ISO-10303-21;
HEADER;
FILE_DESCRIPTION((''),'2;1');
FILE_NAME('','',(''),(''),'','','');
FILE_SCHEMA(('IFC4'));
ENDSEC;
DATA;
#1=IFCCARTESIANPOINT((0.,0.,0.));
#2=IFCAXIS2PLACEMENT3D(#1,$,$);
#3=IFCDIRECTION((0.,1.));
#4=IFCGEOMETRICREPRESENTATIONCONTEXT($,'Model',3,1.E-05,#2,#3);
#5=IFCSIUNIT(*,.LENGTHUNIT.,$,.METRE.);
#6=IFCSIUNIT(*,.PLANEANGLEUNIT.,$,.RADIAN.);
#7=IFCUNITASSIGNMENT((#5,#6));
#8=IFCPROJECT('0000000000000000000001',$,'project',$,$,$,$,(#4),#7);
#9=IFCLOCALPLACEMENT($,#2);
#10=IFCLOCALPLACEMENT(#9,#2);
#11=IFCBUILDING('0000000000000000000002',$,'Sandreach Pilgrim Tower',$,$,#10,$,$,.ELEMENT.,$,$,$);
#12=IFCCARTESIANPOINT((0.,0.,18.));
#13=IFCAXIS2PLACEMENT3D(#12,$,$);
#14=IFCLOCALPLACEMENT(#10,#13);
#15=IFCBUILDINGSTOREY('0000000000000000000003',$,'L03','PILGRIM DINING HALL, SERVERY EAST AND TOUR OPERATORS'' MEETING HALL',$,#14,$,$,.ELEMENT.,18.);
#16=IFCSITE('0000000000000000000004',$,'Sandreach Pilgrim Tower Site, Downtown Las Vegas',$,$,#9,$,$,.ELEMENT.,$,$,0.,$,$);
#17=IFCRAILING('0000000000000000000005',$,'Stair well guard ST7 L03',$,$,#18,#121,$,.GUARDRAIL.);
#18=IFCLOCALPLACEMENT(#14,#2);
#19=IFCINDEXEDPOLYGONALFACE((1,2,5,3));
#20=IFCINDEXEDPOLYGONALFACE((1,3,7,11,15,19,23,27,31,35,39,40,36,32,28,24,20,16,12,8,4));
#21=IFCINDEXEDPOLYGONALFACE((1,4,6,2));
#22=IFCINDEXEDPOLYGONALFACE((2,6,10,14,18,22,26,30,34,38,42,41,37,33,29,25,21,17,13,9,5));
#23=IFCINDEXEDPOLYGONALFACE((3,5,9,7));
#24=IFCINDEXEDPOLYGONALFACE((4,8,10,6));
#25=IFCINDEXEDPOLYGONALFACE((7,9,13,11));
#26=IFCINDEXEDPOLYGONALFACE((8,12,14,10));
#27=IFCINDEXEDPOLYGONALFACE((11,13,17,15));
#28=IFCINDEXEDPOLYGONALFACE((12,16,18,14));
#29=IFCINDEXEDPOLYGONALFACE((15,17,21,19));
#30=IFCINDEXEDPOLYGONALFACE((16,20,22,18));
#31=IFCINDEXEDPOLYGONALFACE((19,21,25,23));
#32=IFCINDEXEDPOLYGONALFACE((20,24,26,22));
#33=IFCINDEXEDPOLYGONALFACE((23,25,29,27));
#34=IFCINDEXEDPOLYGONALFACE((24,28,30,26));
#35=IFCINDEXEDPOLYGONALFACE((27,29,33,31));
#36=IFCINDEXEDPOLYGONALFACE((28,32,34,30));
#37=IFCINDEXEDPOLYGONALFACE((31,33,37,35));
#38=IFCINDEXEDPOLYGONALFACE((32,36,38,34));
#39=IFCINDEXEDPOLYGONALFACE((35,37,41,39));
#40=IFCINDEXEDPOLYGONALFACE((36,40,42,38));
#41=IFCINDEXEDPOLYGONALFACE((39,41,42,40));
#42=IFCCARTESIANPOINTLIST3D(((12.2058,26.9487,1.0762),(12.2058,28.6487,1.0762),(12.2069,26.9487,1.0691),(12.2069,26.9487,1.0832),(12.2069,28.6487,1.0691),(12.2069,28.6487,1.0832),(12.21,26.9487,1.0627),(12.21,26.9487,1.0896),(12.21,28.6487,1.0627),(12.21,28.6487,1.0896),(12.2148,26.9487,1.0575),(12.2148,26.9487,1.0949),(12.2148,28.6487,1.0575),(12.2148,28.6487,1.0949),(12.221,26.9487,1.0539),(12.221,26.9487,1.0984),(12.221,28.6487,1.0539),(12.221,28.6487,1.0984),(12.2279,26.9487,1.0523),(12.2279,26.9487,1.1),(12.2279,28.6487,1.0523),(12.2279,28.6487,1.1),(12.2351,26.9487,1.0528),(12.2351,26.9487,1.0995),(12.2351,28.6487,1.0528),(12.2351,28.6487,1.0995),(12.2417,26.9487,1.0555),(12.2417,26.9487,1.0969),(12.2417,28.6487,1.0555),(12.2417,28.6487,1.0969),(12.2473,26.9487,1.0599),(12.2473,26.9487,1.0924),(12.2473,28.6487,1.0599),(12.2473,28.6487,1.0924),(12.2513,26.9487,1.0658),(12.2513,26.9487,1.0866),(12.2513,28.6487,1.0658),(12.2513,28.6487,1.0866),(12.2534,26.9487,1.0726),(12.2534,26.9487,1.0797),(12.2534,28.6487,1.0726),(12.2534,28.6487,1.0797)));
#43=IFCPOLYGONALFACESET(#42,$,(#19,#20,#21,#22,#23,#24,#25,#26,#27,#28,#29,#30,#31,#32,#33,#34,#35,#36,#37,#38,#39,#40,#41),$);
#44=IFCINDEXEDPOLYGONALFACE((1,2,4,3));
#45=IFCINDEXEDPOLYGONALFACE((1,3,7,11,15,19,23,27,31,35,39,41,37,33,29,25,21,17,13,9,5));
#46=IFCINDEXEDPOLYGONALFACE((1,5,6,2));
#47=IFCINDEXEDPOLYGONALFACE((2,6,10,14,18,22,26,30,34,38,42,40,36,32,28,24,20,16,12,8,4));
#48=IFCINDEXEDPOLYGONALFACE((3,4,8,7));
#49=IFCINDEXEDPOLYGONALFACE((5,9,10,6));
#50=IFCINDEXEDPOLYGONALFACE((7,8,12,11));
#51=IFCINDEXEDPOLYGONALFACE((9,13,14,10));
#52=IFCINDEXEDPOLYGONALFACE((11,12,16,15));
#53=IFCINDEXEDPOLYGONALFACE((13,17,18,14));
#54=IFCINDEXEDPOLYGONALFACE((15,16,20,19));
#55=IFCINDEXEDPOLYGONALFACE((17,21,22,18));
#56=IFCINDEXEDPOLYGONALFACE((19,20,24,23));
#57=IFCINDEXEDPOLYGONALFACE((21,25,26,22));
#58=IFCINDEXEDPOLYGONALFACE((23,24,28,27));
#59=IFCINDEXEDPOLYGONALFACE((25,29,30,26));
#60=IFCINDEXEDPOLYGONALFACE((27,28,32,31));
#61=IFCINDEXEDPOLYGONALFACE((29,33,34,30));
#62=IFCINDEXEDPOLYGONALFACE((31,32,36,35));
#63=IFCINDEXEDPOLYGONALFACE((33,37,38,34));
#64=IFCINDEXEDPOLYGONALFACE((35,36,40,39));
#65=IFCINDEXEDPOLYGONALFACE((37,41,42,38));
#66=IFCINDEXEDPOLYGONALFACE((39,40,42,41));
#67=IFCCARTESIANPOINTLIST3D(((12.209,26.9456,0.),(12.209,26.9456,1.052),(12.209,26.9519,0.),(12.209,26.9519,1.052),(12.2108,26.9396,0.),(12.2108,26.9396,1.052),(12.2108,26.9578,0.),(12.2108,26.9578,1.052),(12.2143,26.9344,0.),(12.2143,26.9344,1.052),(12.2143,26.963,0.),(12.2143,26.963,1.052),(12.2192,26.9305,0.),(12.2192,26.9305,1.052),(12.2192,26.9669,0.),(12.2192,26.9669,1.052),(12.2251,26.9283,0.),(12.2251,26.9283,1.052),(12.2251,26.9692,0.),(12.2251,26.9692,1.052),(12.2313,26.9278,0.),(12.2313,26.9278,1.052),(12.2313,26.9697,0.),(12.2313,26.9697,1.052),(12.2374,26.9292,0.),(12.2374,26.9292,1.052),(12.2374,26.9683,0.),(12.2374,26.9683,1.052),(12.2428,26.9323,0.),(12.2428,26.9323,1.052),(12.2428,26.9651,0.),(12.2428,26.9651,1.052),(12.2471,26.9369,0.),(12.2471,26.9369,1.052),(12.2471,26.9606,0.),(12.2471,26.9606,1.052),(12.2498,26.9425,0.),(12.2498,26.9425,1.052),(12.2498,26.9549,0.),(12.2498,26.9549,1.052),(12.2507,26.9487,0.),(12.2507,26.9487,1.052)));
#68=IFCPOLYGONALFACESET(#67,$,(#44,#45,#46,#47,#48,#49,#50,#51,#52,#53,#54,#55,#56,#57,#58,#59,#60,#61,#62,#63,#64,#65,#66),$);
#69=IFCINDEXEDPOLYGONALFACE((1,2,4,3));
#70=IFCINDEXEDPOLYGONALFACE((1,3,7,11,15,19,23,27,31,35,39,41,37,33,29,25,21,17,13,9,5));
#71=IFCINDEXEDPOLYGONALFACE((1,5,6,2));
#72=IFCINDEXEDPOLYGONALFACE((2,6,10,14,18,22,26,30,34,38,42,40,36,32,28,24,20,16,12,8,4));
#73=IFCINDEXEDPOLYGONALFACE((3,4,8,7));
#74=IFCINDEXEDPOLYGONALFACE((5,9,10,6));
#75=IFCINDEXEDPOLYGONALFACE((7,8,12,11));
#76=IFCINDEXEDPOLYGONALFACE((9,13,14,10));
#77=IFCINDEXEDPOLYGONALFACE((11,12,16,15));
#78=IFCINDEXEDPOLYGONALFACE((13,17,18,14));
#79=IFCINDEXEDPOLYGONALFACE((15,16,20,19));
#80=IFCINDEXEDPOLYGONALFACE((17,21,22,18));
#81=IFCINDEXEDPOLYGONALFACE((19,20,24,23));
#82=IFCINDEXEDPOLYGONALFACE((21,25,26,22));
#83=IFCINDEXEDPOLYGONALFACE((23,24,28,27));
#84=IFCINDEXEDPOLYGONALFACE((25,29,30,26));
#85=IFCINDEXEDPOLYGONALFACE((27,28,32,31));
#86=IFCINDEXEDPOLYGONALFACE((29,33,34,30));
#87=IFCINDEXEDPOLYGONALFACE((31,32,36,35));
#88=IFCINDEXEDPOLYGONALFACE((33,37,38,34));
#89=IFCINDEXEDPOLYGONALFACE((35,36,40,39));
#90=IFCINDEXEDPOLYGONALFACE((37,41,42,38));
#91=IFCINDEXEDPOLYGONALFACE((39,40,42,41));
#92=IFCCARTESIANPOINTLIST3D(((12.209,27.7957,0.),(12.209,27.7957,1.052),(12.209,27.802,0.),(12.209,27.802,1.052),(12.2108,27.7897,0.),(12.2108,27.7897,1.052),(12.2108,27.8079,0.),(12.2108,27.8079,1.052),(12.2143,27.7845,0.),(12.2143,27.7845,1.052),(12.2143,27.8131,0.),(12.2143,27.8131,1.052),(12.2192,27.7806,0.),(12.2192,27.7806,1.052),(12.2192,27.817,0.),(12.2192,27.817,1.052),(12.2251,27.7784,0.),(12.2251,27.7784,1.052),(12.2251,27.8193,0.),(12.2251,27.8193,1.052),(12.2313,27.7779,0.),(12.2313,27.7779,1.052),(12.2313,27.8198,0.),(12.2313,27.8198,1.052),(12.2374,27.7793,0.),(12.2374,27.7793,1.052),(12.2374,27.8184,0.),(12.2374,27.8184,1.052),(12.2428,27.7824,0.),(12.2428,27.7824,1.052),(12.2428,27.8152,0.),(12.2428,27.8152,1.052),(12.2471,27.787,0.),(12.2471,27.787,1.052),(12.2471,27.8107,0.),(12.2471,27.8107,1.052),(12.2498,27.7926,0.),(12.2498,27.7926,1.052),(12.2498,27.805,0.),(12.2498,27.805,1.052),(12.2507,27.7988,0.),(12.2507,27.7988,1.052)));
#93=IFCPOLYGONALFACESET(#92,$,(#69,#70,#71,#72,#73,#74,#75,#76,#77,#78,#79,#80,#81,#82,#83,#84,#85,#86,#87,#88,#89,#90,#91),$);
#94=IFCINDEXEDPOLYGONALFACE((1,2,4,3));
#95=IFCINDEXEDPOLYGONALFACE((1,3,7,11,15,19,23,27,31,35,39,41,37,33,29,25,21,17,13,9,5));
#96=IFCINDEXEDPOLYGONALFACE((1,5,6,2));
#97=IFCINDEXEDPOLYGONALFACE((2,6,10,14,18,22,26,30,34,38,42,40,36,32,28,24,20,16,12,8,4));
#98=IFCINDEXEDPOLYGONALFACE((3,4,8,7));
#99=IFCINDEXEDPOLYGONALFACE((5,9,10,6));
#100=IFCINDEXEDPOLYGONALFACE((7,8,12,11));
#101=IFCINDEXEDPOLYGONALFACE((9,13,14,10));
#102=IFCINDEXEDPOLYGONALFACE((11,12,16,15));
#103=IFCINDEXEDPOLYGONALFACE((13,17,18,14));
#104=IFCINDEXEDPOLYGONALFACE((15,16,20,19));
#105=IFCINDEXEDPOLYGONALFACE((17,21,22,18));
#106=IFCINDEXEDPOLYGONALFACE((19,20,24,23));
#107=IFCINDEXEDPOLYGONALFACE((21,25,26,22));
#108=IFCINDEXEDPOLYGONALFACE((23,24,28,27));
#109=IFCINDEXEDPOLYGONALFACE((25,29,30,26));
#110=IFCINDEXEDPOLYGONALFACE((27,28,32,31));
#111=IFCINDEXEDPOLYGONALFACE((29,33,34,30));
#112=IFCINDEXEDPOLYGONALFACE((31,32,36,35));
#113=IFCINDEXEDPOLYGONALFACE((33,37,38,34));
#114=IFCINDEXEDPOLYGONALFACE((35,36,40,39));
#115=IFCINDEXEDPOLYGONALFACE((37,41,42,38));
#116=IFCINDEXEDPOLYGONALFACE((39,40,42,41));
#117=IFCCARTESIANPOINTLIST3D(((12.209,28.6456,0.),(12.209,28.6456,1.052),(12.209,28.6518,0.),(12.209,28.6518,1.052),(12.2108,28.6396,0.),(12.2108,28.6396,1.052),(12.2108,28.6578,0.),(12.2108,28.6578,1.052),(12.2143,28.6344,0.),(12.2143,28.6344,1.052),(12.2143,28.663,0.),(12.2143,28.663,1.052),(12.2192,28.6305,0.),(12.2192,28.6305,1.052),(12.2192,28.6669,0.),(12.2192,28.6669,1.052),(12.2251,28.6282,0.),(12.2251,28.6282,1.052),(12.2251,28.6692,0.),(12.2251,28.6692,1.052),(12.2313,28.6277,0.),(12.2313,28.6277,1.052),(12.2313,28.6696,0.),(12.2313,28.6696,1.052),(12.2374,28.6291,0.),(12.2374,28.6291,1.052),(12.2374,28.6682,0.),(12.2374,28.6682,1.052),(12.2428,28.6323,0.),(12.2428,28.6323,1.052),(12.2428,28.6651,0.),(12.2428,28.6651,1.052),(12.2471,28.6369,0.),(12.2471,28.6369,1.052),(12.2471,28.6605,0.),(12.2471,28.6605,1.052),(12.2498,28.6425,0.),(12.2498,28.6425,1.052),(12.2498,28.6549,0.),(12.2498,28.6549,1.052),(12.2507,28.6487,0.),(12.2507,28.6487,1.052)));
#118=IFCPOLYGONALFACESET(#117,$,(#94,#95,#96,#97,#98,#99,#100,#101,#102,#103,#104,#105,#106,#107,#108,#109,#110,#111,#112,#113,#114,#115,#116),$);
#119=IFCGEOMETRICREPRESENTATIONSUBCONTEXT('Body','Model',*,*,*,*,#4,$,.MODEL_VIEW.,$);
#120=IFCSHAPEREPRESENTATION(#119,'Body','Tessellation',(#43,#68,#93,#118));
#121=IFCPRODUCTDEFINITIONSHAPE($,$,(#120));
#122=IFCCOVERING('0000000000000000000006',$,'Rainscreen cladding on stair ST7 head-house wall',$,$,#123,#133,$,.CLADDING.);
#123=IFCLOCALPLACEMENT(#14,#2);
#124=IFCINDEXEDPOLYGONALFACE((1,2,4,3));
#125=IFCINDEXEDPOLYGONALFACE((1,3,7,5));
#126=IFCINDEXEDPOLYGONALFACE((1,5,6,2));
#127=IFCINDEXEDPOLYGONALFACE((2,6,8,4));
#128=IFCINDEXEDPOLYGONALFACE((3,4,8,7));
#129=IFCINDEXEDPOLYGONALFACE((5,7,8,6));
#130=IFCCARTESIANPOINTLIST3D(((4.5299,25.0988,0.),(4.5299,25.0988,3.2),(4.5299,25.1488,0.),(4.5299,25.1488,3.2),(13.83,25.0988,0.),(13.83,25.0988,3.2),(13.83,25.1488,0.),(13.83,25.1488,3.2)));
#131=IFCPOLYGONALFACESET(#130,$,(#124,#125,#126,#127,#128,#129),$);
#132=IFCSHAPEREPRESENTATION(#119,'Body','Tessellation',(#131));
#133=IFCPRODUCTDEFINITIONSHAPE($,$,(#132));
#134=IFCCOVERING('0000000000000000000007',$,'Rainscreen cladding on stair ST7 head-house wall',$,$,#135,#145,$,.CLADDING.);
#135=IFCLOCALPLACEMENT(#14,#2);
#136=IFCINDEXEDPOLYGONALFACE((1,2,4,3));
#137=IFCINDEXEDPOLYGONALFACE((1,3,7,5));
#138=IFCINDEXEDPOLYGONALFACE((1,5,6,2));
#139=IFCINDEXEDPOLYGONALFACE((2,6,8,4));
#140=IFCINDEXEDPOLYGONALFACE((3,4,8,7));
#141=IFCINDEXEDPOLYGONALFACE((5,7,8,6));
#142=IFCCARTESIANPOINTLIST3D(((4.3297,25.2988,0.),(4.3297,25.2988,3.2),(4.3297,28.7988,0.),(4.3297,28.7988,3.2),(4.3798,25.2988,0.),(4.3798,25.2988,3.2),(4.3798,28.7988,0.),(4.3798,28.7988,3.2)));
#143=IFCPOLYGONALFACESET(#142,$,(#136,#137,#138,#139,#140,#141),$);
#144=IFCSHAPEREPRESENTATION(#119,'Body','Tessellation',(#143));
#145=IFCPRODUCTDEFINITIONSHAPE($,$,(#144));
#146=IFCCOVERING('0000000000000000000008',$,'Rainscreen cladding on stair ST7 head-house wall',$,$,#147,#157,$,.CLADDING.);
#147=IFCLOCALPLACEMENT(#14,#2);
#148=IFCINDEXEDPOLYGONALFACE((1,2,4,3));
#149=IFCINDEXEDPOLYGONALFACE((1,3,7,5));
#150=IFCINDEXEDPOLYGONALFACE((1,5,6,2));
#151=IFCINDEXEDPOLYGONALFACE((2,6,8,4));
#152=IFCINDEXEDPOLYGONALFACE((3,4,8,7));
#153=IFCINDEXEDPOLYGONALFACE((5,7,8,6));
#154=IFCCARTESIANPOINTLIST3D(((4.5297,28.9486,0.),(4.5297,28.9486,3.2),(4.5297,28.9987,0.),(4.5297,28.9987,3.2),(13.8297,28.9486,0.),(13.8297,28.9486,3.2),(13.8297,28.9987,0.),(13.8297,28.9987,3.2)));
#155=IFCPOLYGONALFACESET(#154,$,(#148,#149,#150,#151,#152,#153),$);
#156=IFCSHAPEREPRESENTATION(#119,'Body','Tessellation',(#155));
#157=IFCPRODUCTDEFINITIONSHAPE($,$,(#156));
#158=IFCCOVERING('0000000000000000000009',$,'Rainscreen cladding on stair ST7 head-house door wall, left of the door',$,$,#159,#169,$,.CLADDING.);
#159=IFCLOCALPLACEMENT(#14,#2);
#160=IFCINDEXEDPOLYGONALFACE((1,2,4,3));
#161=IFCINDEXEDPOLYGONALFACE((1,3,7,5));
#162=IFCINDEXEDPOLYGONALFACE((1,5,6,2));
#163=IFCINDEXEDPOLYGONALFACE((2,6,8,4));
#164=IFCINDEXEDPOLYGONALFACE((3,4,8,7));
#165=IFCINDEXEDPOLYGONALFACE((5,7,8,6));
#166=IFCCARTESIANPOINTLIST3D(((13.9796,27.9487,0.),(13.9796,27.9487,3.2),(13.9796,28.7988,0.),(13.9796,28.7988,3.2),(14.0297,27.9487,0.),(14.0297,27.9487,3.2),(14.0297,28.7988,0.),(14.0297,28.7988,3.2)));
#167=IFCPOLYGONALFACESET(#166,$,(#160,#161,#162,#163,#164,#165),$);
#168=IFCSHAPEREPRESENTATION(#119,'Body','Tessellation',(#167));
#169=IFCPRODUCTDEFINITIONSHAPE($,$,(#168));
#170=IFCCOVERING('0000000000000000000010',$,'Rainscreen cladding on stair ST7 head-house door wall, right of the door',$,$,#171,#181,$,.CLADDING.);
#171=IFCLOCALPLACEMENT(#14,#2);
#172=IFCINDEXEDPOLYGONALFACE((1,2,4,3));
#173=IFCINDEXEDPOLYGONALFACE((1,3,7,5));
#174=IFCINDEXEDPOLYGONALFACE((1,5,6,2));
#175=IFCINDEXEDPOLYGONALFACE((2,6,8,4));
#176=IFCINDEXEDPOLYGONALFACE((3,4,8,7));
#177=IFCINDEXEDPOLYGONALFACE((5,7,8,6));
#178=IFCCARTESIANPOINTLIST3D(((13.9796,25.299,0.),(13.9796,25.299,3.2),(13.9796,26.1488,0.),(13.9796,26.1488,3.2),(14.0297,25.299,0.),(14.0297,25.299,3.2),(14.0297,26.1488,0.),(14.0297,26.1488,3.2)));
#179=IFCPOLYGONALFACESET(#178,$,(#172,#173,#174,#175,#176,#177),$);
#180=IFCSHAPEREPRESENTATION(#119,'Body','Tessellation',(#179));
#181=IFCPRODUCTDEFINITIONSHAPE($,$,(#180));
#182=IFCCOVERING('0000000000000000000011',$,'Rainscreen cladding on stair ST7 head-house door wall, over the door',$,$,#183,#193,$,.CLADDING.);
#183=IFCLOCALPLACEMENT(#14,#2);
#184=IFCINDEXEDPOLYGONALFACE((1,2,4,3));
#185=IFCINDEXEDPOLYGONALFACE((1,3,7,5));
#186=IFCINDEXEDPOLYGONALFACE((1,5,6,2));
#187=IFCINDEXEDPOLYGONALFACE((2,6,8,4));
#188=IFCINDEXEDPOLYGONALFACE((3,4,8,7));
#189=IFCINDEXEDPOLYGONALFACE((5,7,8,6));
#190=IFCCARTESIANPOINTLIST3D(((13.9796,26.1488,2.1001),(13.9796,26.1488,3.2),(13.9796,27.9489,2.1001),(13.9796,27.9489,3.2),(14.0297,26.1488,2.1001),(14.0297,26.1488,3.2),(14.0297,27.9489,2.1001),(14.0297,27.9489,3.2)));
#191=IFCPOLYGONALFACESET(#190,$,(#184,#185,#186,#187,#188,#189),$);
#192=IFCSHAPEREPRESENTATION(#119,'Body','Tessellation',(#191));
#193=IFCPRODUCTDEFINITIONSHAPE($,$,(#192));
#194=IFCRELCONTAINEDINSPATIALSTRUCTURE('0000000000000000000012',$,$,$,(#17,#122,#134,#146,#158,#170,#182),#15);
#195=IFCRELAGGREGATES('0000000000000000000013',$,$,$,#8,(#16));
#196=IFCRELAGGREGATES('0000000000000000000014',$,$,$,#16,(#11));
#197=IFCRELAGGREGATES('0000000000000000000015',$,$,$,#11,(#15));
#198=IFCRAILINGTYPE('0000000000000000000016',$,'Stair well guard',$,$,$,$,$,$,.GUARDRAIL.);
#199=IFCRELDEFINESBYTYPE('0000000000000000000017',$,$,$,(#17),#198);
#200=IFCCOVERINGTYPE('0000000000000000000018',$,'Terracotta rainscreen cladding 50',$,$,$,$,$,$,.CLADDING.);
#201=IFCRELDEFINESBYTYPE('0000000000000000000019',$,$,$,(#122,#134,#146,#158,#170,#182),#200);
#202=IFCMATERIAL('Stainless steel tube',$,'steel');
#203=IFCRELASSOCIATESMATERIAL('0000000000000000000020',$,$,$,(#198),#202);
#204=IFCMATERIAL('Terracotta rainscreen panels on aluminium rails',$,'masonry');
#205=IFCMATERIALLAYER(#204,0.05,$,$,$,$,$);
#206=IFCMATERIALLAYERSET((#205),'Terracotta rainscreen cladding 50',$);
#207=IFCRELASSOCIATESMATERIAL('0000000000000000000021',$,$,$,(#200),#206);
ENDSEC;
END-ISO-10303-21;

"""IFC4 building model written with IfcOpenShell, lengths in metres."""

from ifc_helpers import new_model, si_unit, direction, frame, frame_2d, origin, origin_2d, place, context, subcontext, project, spatial, rectangle, circle, extrude, material, layer, layer_set, type_object, element, save


model = new_model("IFC4")

# Units and contexts
model_context = context("Model", 3, precision=1e-05, world=origin(), true_north=direction((0.0, 1.0)))
body_context = subcontext(model_context, "Body", "Model", "MODEL_VIEW")
ifc_project = project(units=[si_unit("LENGTHUNIT", "METRE"), si_unit("PLANEANGLEUNIT", "RADIAN")], contexts=[model_context])

# Site, building, storey
site_placement = place(None, origin())
site = spatial("IfcSite", under=ifc_project, at=site_placement, Name="Sandreach Pilgrim Tower Site, Downtown Las Vegas", CompositionType="ELEMENT", RefElevation=0.0)
building_placement = place(site_placement, origin())
building = spatial("IfcBuilding", under=site, at=building_placement, Name="Sandreach Pilgrim Tower", CompositionType="ELEMENT")
storey_placement = place(building_placement, frame((0.0, 0.0, 18.0)))
storey = spatial("IfcBuildingStorey", under=building, at=storey_placement, Name="L03", Description="PILGRIM DINING HALL, SERVERY EAST AND TOUR OPERATORS' MEETING HALL", CompositionType="ELEMENT", Elevation=18.0)

# Railing
ifc_material_1 = material(Name="Stainless steel tube", Category="steel")
railing_type = type_object("IfcRailingType", Name="Stair well guard", PredefinedType="GUARDRAIL", material=ifc_material_1)
railing_placement = place(storey_placement, frame((12.2297, 26.9487, 0.0)))
element("IfcRailing", 1, at=railing_placement, inside=storey, type_object=railing_type, Name="Stair well guard ST7 L03", PredefinedType="GUARDRAIL", context=body_context, shape_type="SweptSolid", body=[
    extrude(circle(Radius=0.0239, at=origin_2d()), frame((0.0, 0.0, 1.0762), z_axis=(0.0, 1.0, 0.0), x_axis=(-1.0, 0.0, 0.0)), (0.0, 0.0, 1.0), 1.7),
    extrude(circle(Radius=0.021, at=origin_2d()), origin(), (0.0, 0.0, 1.0), 1.052),
    extrude(circle(Radius=0.021, at=origin_2d()), frame((0.0, 0.8501, 0.0)), (0.0, 0.0, 1.0), 1.052),
    extrude(circle(Radius=0.021, at=origin_2d()), frame((0.0, 1.7, 0.0)), (0.0, 0.0, 1.0), 1.052),
])

# Coverings
ifc_material_2 = material(Name="Terracotta rainscreen panels on aluminium rails", Category="masonry")
ifc_layer_1 = layer(ifc_material_2, 0.05)
ifc_layer_set_1 = layer_set([ifc_layer_1], Name="Terracotta rainscreen cladding 50")
covering_type = type_object("IfcCoveringType", Name="Terracotta rainscreen cladding 50", PredefinedType="CLADDING", material=ifc_layer_set_1)
covering_1_placement = place(storey_placement, frame((13.8298, 25.1238, 0.0), z_axis=(0.0, 0.0, 1.0), x_axis=(-1.0, 0.0, 0.0)))
element("IfcCovering", 2, at=covering_1_placement, inside=storey, type_object=covering_type, Name="Rainscreen cladding on stair ST7 head-house wall", PredefinedType="CLADDING", context=body_context, shape_type="SweptSolid", body=[
    extrude(rectangle(XDim=9.3, YDim=0.05, at=frame_2d((4.6499, 0.0))), origin(), (0.0, 0.0, 1.0), 3.2),
])
covering_2_placement = place(storey_placement, frame((4.3547, 25.2988, 0.0), z_axis=(0.0, 0.0, 1.0), x_axis=(0.0, 1.0, 0.0)))
element("IfcCovering", 3, at=covering_2_placement, inside=storey, type_object=covering_type, Name="Rainscreen cladding on stair ST7 head-house wall", PredefinedType="CLADDING", context=body_context, shape_type="SweptSolid", body=[
    extrude(rectangle(XDim=3.5, YDim=0.05, at=frame_2d((1.75, 0.0))), origin(), (0.0, 0.0, 1.0), 3.2),
])
covering_3_placement = place(storey_placement, frame((4.5298, 28.9736, 0.0), z_axis=(0.0, 0.0, 1.0), x_axis=(1.0, 0.0, 0.0)))
element("IfcCovering", 4, at=covering_3_placement, inside=storey, type_object=covering_type, Name="Rainscreen cladding on stair ST7 head-house wall", PredefinedType="CLADDING", context=body_context, shape_type="SweptSolid", body=[
    extrude(rectangle(XDim=9.3, YDim=0.05, at=frame_2d((4.6499, 0.0))), origin(), (0.0, 0.0, 1.0), 3.2),
])
covering_4_placement = place(storey_placement, frame((14.0046, 28.7988, 0.0), z_axis=(0.0, 0.0, 1.0), x_axis=(0.0, -1.0, 0.0)))
element("IfcCovering", 5, at=covering_4_placement, inside=storey, type_object=covering_type, Name="Rainscreen cladding on stair ST7 head-house door wall, left of the door", PredefinedType="CLADDING", context=body_context, shape_type="SweptSolid", body=[
    extrude(rectangle(XDim=0.8501, YDim=0.05, at=frame_2d((0.425, 0.0))), origin(), (0.0, 0.0, 1.0), 3.2),
])
covering_5_placement = place(storey_placement, frame((14.0046, 26.1487, 0.0), z_axis=(0.0, 0.0, 1.0), x_axis=(0.0, -1.0, 0.0)))
element("IfcCovering", 6, at=covering_5_placement, inside=storey, type_object=covering_type, Name="Rainscreen cladding on stair ST7 head-house door wall, right of the door", PredefinedType="CLADDING", context=body_context, shape_type="SweptSolid", body=[
    extrude(rectangle(XDim=0.8499, YDim=0.05, at=frame_2d((0.4248, 0.0))), origin(), (0.0, 0.0, 1.0), 3.2),
])
covering_6_placement = place(storey_placement, frame((14.0046, 27.9487, 2.1001), z_axis=(0.0, 0.0, 1.0), x_axis=(0.0, -1.0, 0.0)))
element("IfcCovering", 7, at=covering_6_placement, inside=storey, type_object=covering_type, Name="Rainscreen cladding on stair ST7 head-house door wall, over the door", PredefinedType="CLADDING", context=body_context, shape_type="SweptSolid", body=[
    extrude(rectangle(XDim=1.8, YDim=0.05, at=frame_2d((0.8999, 0.0))), origin(), (0.0, 0.0, 1.0), 1.0999),
])

save(model, "model.ifc")
